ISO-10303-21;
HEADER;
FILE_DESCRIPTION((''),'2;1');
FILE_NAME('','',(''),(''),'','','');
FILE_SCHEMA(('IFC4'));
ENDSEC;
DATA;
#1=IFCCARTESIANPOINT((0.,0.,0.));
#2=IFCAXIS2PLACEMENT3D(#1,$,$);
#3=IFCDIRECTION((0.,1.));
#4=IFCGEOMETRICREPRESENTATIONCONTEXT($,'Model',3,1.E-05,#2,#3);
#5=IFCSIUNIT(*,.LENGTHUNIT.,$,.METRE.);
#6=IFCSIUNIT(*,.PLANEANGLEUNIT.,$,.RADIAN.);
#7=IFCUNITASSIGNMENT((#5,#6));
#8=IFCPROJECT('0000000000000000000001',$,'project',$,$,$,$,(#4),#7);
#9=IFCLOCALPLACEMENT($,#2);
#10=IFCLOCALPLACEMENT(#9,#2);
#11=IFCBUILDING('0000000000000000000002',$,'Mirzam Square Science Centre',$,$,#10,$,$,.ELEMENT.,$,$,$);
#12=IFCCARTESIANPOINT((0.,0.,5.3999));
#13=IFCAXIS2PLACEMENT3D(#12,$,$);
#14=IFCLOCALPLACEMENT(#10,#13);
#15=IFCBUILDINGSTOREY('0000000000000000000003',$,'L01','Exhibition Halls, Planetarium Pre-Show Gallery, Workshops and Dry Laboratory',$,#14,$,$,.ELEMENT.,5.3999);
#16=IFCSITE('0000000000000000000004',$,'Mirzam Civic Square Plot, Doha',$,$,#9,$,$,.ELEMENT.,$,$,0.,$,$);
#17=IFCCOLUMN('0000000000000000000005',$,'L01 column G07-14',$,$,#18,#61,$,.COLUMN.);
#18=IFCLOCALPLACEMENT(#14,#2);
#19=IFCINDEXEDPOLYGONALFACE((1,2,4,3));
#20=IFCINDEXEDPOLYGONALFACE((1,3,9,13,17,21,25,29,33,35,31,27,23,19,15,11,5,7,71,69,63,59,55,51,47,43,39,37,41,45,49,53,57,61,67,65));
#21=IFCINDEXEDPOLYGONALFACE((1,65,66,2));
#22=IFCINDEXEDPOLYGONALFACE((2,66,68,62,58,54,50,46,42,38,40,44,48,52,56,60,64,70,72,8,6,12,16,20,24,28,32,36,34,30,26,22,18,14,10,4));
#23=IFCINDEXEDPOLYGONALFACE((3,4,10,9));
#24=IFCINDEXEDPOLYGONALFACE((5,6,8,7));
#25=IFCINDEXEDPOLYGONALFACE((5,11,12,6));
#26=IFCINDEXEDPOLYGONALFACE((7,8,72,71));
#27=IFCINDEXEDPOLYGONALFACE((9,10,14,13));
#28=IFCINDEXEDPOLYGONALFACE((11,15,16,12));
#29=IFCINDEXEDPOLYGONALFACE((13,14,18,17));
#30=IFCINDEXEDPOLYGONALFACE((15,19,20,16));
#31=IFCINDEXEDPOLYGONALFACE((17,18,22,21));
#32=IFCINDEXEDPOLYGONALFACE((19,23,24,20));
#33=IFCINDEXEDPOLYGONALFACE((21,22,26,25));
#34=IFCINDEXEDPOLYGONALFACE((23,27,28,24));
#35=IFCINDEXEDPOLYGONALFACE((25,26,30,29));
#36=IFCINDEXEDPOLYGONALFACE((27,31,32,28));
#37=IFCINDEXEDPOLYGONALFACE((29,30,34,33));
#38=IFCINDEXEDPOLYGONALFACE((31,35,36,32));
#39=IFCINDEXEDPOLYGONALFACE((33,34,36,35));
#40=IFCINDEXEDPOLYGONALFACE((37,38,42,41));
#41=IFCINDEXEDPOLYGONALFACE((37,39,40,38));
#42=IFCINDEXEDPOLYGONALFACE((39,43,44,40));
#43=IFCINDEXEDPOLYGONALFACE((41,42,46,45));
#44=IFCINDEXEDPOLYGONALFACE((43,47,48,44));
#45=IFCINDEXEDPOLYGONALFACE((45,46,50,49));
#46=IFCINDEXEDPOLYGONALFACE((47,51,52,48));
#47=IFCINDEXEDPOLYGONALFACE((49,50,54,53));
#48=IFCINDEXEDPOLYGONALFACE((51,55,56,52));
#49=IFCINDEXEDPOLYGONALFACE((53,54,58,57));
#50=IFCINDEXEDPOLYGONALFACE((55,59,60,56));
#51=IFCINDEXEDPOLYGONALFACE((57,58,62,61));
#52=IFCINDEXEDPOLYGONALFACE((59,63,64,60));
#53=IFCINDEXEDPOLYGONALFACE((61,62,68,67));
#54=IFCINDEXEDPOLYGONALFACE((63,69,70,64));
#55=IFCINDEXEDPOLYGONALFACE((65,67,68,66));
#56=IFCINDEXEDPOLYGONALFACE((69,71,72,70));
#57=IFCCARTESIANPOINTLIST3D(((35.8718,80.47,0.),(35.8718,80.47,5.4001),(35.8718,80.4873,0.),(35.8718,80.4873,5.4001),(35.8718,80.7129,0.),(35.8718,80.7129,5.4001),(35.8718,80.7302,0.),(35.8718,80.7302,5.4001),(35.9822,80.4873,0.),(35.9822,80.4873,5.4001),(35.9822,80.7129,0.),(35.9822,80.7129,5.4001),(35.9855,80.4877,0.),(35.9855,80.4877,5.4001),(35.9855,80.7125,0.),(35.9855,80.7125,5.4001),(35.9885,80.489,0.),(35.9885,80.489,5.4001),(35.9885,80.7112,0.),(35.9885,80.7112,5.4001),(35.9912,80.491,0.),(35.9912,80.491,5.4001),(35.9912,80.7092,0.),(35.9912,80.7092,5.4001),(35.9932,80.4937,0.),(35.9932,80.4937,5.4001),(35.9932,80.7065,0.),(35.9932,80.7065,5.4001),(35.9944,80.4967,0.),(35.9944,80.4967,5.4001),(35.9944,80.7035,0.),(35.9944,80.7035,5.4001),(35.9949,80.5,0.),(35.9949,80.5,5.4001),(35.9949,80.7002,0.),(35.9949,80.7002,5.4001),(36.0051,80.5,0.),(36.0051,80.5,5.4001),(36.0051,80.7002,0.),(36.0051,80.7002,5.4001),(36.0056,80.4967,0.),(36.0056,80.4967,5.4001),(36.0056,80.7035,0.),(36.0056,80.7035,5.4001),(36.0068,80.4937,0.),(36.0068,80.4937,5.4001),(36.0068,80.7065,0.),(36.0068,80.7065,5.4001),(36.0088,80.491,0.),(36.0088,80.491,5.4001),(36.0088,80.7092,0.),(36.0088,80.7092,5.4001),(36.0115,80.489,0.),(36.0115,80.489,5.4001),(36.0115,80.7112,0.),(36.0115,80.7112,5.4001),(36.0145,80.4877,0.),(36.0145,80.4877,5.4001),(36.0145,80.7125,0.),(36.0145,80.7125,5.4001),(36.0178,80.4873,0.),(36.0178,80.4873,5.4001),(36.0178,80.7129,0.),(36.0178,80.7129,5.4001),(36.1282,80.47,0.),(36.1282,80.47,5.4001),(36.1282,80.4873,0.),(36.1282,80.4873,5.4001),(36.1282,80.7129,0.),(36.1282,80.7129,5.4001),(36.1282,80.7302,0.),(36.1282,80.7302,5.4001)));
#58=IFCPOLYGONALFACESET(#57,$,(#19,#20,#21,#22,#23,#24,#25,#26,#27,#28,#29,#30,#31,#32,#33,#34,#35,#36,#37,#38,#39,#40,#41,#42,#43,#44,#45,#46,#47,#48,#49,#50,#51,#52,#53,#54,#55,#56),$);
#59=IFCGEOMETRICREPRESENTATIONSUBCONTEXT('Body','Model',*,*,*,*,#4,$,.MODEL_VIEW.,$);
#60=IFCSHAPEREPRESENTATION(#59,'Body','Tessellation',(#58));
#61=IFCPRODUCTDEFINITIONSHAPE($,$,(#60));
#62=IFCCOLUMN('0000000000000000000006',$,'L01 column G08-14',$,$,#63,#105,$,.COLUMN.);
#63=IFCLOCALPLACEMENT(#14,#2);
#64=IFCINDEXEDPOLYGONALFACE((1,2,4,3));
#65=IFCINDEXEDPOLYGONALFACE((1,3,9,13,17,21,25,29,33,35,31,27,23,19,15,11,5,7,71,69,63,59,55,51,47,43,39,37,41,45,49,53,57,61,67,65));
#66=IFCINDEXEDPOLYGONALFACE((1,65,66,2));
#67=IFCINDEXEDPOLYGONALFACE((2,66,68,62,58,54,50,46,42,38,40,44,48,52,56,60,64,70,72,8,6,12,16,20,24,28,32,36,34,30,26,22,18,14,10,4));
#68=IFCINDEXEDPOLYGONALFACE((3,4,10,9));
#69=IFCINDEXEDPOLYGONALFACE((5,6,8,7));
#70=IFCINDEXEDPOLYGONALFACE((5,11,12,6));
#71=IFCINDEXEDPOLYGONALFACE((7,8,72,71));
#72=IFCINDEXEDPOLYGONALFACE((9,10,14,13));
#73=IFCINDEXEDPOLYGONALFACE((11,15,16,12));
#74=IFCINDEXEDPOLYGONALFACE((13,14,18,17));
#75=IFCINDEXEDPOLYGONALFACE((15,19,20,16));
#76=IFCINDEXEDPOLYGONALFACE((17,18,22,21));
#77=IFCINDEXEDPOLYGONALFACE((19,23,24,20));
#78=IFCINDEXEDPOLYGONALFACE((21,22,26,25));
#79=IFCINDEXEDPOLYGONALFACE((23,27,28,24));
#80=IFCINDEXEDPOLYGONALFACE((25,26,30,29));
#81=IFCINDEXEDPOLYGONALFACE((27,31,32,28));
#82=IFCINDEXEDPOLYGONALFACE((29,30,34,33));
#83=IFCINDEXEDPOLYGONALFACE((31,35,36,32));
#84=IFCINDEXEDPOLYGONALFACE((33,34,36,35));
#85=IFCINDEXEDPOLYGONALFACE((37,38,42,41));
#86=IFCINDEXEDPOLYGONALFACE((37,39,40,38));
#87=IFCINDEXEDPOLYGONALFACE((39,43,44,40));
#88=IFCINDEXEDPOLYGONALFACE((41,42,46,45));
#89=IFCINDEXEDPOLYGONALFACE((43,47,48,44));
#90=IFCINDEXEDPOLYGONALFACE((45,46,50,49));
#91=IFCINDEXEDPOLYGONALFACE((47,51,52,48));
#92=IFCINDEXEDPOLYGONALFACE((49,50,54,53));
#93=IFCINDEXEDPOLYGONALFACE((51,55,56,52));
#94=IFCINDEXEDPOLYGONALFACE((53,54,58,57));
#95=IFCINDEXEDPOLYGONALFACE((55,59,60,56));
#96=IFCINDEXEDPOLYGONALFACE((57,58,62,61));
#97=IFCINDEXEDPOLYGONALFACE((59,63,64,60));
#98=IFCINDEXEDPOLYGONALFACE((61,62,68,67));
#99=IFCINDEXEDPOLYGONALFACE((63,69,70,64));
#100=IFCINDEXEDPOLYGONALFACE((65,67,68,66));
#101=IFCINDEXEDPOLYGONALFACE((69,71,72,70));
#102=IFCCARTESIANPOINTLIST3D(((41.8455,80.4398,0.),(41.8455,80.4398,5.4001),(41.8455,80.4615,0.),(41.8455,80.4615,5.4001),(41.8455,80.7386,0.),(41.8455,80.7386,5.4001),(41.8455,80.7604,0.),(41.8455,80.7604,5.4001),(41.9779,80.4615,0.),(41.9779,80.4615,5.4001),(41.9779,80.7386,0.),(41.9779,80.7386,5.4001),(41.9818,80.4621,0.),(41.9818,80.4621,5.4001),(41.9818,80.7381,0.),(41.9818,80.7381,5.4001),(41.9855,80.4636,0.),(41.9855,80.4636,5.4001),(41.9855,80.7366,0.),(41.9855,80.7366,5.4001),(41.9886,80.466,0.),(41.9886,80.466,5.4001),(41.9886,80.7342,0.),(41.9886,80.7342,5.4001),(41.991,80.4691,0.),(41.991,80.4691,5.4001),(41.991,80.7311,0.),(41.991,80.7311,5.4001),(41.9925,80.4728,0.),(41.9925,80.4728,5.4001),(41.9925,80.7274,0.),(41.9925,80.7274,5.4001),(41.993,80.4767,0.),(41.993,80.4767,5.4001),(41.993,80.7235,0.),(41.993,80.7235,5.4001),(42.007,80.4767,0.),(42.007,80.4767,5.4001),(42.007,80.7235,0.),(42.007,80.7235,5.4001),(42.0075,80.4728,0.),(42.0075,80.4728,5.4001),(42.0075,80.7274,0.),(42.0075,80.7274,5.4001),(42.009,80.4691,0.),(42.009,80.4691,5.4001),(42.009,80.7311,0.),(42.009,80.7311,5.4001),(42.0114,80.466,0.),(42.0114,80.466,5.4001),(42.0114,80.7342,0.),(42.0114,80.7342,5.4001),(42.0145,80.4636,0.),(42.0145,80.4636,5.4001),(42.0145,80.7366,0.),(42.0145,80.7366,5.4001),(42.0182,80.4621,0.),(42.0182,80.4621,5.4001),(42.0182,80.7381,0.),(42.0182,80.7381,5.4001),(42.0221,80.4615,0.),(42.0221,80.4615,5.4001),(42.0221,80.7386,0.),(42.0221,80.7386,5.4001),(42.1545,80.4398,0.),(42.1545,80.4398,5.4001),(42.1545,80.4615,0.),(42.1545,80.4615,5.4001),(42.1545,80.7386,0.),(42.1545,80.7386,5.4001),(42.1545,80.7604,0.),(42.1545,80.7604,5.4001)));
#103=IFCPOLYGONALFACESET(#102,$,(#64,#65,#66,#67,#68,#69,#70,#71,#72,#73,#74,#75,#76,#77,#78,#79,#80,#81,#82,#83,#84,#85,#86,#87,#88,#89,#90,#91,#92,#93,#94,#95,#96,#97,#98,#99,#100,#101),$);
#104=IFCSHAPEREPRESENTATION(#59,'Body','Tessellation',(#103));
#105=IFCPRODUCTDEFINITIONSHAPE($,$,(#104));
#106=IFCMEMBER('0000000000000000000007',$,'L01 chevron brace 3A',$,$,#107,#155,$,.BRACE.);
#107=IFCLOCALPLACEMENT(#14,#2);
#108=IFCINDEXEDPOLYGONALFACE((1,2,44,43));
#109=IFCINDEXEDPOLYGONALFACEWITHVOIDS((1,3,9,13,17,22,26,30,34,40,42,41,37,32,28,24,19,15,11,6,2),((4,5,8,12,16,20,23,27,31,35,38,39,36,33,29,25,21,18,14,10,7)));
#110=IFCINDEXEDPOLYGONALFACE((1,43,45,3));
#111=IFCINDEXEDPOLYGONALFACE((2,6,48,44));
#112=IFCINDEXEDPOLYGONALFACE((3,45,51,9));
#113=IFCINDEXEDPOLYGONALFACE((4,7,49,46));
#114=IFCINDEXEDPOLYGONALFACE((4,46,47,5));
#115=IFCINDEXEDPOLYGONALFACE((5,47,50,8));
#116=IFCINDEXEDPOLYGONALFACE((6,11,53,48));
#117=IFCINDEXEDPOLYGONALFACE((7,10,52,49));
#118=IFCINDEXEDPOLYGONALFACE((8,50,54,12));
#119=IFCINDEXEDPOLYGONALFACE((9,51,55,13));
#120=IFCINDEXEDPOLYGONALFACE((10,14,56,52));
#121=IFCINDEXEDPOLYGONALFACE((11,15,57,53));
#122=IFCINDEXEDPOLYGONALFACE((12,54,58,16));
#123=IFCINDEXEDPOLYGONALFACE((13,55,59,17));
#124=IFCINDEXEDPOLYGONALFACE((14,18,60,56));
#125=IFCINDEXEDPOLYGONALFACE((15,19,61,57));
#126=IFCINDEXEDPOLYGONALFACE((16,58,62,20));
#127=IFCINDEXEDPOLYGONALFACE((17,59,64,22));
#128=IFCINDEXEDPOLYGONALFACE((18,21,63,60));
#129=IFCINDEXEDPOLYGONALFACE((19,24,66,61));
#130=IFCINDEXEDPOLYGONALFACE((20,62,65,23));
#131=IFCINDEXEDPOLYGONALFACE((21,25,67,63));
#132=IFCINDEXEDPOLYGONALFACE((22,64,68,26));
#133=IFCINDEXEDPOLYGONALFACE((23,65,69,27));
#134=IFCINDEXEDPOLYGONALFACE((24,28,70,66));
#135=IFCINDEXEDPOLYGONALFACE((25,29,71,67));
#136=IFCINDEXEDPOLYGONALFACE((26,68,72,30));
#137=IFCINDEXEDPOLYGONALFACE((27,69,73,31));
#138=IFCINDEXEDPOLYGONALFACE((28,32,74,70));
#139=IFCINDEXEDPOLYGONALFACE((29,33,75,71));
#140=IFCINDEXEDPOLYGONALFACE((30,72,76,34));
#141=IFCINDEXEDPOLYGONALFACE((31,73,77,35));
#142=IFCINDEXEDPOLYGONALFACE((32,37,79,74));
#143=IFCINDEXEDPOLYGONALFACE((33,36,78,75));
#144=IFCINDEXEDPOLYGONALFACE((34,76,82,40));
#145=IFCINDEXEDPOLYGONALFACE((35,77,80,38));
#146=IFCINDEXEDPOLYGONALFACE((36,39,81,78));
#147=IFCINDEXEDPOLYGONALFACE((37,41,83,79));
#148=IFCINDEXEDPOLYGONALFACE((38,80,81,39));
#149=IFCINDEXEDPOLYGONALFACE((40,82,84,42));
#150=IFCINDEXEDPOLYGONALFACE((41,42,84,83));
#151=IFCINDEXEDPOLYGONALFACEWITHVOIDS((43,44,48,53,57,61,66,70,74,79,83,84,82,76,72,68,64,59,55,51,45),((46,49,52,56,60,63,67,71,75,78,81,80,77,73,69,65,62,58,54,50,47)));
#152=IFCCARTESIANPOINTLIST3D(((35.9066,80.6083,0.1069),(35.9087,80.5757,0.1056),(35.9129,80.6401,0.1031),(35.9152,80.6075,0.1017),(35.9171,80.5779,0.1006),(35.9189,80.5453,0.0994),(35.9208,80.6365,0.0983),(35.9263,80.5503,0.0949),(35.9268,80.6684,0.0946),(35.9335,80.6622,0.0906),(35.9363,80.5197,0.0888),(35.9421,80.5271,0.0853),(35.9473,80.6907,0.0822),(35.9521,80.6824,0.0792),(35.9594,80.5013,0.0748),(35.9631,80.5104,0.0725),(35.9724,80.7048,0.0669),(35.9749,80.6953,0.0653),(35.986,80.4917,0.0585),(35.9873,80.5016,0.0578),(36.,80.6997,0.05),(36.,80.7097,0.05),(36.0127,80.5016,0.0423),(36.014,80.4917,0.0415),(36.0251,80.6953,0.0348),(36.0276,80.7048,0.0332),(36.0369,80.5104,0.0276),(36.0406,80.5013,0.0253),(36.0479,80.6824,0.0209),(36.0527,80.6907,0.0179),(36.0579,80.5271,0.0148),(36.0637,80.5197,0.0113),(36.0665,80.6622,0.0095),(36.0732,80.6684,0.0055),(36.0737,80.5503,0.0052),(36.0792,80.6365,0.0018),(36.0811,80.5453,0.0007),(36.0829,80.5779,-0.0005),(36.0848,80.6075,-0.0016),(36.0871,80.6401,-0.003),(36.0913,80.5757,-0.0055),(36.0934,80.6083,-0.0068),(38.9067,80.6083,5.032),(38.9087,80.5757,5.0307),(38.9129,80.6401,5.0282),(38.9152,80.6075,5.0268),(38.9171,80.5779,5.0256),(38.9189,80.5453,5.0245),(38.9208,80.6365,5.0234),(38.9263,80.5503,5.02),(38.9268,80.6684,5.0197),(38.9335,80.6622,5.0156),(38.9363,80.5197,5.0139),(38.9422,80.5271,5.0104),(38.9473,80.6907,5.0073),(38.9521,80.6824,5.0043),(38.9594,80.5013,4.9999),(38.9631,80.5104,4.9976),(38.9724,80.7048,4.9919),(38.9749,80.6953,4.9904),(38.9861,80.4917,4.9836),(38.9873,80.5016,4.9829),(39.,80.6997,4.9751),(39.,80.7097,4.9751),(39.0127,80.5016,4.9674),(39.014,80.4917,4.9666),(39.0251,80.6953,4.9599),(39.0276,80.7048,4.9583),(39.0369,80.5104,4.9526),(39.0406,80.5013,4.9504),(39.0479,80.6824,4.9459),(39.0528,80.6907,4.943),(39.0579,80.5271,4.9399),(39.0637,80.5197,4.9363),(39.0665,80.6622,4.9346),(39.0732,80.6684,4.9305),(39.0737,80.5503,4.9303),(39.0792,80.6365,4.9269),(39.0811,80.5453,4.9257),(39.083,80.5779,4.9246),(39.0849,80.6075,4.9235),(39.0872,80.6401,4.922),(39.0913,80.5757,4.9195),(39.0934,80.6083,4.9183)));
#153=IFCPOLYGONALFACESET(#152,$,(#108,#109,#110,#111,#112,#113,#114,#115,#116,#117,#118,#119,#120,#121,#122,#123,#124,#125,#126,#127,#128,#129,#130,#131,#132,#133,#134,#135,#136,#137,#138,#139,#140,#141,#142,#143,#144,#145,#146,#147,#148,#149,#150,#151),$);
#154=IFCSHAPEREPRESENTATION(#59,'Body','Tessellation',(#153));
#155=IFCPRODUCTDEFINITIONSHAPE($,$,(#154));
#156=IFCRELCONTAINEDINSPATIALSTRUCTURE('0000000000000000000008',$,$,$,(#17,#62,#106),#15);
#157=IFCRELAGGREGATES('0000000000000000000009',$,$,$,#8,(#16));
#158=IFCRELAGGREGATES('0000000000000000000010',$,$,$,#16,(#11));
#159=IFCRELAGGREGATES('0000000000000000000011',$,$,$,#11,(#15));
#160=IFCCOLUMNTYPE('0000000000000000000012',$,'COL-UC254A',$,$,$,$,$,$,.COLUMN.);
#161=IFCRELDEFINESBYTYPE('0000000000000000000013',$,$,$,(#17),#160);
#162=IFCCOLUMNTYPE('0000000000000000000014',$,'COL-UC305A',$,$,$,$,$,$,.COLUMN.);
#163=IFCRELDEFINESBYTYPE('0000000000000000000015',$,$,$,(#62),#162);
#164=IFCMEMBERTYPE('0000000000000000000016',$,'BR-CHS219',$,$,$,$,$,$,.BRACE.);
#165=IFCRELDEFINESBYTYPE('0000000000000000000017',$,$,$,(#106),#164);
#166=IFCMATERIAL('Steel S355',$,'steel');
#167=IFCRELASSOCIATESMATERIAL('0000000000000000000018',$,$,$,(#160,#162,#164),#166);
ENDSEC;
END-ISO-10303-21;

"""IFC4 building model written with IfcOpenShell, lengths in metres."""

from ifc_helpers import new_model, si_unit, direction, frame, origin, origin_2d, place, context, subcontext, project, spatial, hollow_circle, i_section, extrude, material, material_profile, profile_set, type_object, element, save


model = new_model("IFC4")

# Units and contexts
model_context = context("Model", 3, precision=1e-05, world=origin(), true_north=direction((0.0, 1.0)))
body_context = subcontext(model_context, "Body", "Model", "MODEL_VIEW")
ifc_project = project(units=[si_unit("LENGTHUNIT", "METRE"), si_unit("PLANEANGLEUNIT", "RADIAN")], contexts=[model_context])

# Site, building, storey
site_placement = place(None, origin())
site = spatial("IfcSite", under=ifc_project, at=site_placement, Name="Mirzam Civic Square Plot, Doha", CompositionType="ELEMENT", RefElevation=0.0)
building_placement = place(site_placement, origin())
building = spatial("IfcBuilding", under=site, at=building_placement, Name="Mirzam Square Science Centre", CompositionType="ELEMENT")
storey_placement = place(building_placement, frame((0.0, 0.0, 5.3999)))
storey = spatial("IfcBuildingStorey", under=building, at=storey_placement, Name="L01", Description="Exhibition Halls, Planetarium Pre-Show Gallery, Workshops and Dry Laboratory", CompositionType="ELEMENT", Elevation=5.3999)

# Columns
ifc_material_1 = material(Name="Steel S355", Category="steel")
ifc_material_profile_1 = material_profile(ifc_material_1, i_section(OverallWidth=0.2563, OverallDepth=0.2603, WebThickness=0.0103, FlangeThickness=0.0173, FilletRadius=0.0127, at=origin_2d()), Name="254x254x89UC")
ifc_profile_set_1 = profile_set([ifc_material_profile_1], Name="Steel S355")
column_type_1 = type_object("IfcColumnType", Name="COL-UC254A", PredefinedType="COLUMN", material=ifc_profile_set_1)
column_1_placement = place(storey_placement, frame((36.0, 80.6001, 0.0), z_axis=(0.0, 0.0, 1.0), x_axis=(1.0, 0.0, 0.0)))
element("IfcColumn", 1, at=column_1_placement, inside=storey, type_object=column_type_1, Name="L01 column G07-14", PredefinedType="COLUMN", context=body_context, shape_type="SweptSolid", body=[
    extrude(i_section(OverallWidth=0.2563, OverallDepth=0.2603, WebThickness=0.0103, FlangeThickness=0.0173, FilletRadius=0.0127, at=origin_2d()), origin(), (0.0, 0.0, 1.0), 5.4001),
])
ifc_material_profile_2 = material_profile(ifc_material_1, i_section(OverallWidth=0.3091, OverallDepth=0.3206, WebThickness=0.0139, FlangeThickness=0.0217, FilletRadius=0.0151, at=origin_2d()), Name="305x305x137UC")
ifc_profile_set_2 = profile_set([ifc_material_profile_2], Name="Steel S355")
column_type_2 = type_object("IfcColumnType", Name="COL-UC305A", PredefinedType="COLUMN", material=ifc_profile_set_2)
column_2_placement = place(storey_placement, frame((42.0, 80.6001, 0.0), z_axis=(0.0, 0.0, 1.0), x_axis=(1.0, 0.0, 0.0)))
element("IfcColumn", 2, at=column_2_placement, inside=storey, type_object=column_type_2, Name="L01 column G08-14", PredefinedType="COLUMN", context=body_context, shape_type="SweptSolid", body=[
    extrude(i_section(OverallWidth=0.3091, OverallDepth=0.3206, WebThickness=0.0139, FlangeThickness=0.0217, FilletRadius=0.0151, at=origin_2d()), origin(), (0.0, 0.0, 1.0), 5.4001),
])

# Member
ifc_material_profile_3 = material_profile(ifc_material_1, hollow_circle(Radius=0.1096, WallThickness=0.01, at=origin_2d()), Name="219.1x10.0CHS")
ifc_profile_set_3 = profile_set([ifc_material_profile_3], Name="Steel S355")
member_type_1 = type_object("IfcMemberType", Name="BR-CHS219", PredefinedType="BRACE", material=ifc_profile_set_3)
for number, where, z_axis, x_axis, name in (
    (3, (36.0, 80.6001, 0.05), (0.520218, 0.0, 0.854033), (0.0, 1.0, 0.0), "L01 chevron brace 3A"),
):
    element("IfcMember", number, at=place(storey_placement, frame(where, z_axis=z_axis, x_axis=x_axis)), inside=storey, type_object=member_type_1, Name=name, PredefinedType="BRACE", context=body_context, shape_type="SweptSolid", body=[
        extrude(hollow_circle(Radius=0.1096, WallThickness=0.01, at=origin_2d()), origin(), (0.0, 0.0, 1.0), 5.7668),
    ])

save(model, "model.ifc")
